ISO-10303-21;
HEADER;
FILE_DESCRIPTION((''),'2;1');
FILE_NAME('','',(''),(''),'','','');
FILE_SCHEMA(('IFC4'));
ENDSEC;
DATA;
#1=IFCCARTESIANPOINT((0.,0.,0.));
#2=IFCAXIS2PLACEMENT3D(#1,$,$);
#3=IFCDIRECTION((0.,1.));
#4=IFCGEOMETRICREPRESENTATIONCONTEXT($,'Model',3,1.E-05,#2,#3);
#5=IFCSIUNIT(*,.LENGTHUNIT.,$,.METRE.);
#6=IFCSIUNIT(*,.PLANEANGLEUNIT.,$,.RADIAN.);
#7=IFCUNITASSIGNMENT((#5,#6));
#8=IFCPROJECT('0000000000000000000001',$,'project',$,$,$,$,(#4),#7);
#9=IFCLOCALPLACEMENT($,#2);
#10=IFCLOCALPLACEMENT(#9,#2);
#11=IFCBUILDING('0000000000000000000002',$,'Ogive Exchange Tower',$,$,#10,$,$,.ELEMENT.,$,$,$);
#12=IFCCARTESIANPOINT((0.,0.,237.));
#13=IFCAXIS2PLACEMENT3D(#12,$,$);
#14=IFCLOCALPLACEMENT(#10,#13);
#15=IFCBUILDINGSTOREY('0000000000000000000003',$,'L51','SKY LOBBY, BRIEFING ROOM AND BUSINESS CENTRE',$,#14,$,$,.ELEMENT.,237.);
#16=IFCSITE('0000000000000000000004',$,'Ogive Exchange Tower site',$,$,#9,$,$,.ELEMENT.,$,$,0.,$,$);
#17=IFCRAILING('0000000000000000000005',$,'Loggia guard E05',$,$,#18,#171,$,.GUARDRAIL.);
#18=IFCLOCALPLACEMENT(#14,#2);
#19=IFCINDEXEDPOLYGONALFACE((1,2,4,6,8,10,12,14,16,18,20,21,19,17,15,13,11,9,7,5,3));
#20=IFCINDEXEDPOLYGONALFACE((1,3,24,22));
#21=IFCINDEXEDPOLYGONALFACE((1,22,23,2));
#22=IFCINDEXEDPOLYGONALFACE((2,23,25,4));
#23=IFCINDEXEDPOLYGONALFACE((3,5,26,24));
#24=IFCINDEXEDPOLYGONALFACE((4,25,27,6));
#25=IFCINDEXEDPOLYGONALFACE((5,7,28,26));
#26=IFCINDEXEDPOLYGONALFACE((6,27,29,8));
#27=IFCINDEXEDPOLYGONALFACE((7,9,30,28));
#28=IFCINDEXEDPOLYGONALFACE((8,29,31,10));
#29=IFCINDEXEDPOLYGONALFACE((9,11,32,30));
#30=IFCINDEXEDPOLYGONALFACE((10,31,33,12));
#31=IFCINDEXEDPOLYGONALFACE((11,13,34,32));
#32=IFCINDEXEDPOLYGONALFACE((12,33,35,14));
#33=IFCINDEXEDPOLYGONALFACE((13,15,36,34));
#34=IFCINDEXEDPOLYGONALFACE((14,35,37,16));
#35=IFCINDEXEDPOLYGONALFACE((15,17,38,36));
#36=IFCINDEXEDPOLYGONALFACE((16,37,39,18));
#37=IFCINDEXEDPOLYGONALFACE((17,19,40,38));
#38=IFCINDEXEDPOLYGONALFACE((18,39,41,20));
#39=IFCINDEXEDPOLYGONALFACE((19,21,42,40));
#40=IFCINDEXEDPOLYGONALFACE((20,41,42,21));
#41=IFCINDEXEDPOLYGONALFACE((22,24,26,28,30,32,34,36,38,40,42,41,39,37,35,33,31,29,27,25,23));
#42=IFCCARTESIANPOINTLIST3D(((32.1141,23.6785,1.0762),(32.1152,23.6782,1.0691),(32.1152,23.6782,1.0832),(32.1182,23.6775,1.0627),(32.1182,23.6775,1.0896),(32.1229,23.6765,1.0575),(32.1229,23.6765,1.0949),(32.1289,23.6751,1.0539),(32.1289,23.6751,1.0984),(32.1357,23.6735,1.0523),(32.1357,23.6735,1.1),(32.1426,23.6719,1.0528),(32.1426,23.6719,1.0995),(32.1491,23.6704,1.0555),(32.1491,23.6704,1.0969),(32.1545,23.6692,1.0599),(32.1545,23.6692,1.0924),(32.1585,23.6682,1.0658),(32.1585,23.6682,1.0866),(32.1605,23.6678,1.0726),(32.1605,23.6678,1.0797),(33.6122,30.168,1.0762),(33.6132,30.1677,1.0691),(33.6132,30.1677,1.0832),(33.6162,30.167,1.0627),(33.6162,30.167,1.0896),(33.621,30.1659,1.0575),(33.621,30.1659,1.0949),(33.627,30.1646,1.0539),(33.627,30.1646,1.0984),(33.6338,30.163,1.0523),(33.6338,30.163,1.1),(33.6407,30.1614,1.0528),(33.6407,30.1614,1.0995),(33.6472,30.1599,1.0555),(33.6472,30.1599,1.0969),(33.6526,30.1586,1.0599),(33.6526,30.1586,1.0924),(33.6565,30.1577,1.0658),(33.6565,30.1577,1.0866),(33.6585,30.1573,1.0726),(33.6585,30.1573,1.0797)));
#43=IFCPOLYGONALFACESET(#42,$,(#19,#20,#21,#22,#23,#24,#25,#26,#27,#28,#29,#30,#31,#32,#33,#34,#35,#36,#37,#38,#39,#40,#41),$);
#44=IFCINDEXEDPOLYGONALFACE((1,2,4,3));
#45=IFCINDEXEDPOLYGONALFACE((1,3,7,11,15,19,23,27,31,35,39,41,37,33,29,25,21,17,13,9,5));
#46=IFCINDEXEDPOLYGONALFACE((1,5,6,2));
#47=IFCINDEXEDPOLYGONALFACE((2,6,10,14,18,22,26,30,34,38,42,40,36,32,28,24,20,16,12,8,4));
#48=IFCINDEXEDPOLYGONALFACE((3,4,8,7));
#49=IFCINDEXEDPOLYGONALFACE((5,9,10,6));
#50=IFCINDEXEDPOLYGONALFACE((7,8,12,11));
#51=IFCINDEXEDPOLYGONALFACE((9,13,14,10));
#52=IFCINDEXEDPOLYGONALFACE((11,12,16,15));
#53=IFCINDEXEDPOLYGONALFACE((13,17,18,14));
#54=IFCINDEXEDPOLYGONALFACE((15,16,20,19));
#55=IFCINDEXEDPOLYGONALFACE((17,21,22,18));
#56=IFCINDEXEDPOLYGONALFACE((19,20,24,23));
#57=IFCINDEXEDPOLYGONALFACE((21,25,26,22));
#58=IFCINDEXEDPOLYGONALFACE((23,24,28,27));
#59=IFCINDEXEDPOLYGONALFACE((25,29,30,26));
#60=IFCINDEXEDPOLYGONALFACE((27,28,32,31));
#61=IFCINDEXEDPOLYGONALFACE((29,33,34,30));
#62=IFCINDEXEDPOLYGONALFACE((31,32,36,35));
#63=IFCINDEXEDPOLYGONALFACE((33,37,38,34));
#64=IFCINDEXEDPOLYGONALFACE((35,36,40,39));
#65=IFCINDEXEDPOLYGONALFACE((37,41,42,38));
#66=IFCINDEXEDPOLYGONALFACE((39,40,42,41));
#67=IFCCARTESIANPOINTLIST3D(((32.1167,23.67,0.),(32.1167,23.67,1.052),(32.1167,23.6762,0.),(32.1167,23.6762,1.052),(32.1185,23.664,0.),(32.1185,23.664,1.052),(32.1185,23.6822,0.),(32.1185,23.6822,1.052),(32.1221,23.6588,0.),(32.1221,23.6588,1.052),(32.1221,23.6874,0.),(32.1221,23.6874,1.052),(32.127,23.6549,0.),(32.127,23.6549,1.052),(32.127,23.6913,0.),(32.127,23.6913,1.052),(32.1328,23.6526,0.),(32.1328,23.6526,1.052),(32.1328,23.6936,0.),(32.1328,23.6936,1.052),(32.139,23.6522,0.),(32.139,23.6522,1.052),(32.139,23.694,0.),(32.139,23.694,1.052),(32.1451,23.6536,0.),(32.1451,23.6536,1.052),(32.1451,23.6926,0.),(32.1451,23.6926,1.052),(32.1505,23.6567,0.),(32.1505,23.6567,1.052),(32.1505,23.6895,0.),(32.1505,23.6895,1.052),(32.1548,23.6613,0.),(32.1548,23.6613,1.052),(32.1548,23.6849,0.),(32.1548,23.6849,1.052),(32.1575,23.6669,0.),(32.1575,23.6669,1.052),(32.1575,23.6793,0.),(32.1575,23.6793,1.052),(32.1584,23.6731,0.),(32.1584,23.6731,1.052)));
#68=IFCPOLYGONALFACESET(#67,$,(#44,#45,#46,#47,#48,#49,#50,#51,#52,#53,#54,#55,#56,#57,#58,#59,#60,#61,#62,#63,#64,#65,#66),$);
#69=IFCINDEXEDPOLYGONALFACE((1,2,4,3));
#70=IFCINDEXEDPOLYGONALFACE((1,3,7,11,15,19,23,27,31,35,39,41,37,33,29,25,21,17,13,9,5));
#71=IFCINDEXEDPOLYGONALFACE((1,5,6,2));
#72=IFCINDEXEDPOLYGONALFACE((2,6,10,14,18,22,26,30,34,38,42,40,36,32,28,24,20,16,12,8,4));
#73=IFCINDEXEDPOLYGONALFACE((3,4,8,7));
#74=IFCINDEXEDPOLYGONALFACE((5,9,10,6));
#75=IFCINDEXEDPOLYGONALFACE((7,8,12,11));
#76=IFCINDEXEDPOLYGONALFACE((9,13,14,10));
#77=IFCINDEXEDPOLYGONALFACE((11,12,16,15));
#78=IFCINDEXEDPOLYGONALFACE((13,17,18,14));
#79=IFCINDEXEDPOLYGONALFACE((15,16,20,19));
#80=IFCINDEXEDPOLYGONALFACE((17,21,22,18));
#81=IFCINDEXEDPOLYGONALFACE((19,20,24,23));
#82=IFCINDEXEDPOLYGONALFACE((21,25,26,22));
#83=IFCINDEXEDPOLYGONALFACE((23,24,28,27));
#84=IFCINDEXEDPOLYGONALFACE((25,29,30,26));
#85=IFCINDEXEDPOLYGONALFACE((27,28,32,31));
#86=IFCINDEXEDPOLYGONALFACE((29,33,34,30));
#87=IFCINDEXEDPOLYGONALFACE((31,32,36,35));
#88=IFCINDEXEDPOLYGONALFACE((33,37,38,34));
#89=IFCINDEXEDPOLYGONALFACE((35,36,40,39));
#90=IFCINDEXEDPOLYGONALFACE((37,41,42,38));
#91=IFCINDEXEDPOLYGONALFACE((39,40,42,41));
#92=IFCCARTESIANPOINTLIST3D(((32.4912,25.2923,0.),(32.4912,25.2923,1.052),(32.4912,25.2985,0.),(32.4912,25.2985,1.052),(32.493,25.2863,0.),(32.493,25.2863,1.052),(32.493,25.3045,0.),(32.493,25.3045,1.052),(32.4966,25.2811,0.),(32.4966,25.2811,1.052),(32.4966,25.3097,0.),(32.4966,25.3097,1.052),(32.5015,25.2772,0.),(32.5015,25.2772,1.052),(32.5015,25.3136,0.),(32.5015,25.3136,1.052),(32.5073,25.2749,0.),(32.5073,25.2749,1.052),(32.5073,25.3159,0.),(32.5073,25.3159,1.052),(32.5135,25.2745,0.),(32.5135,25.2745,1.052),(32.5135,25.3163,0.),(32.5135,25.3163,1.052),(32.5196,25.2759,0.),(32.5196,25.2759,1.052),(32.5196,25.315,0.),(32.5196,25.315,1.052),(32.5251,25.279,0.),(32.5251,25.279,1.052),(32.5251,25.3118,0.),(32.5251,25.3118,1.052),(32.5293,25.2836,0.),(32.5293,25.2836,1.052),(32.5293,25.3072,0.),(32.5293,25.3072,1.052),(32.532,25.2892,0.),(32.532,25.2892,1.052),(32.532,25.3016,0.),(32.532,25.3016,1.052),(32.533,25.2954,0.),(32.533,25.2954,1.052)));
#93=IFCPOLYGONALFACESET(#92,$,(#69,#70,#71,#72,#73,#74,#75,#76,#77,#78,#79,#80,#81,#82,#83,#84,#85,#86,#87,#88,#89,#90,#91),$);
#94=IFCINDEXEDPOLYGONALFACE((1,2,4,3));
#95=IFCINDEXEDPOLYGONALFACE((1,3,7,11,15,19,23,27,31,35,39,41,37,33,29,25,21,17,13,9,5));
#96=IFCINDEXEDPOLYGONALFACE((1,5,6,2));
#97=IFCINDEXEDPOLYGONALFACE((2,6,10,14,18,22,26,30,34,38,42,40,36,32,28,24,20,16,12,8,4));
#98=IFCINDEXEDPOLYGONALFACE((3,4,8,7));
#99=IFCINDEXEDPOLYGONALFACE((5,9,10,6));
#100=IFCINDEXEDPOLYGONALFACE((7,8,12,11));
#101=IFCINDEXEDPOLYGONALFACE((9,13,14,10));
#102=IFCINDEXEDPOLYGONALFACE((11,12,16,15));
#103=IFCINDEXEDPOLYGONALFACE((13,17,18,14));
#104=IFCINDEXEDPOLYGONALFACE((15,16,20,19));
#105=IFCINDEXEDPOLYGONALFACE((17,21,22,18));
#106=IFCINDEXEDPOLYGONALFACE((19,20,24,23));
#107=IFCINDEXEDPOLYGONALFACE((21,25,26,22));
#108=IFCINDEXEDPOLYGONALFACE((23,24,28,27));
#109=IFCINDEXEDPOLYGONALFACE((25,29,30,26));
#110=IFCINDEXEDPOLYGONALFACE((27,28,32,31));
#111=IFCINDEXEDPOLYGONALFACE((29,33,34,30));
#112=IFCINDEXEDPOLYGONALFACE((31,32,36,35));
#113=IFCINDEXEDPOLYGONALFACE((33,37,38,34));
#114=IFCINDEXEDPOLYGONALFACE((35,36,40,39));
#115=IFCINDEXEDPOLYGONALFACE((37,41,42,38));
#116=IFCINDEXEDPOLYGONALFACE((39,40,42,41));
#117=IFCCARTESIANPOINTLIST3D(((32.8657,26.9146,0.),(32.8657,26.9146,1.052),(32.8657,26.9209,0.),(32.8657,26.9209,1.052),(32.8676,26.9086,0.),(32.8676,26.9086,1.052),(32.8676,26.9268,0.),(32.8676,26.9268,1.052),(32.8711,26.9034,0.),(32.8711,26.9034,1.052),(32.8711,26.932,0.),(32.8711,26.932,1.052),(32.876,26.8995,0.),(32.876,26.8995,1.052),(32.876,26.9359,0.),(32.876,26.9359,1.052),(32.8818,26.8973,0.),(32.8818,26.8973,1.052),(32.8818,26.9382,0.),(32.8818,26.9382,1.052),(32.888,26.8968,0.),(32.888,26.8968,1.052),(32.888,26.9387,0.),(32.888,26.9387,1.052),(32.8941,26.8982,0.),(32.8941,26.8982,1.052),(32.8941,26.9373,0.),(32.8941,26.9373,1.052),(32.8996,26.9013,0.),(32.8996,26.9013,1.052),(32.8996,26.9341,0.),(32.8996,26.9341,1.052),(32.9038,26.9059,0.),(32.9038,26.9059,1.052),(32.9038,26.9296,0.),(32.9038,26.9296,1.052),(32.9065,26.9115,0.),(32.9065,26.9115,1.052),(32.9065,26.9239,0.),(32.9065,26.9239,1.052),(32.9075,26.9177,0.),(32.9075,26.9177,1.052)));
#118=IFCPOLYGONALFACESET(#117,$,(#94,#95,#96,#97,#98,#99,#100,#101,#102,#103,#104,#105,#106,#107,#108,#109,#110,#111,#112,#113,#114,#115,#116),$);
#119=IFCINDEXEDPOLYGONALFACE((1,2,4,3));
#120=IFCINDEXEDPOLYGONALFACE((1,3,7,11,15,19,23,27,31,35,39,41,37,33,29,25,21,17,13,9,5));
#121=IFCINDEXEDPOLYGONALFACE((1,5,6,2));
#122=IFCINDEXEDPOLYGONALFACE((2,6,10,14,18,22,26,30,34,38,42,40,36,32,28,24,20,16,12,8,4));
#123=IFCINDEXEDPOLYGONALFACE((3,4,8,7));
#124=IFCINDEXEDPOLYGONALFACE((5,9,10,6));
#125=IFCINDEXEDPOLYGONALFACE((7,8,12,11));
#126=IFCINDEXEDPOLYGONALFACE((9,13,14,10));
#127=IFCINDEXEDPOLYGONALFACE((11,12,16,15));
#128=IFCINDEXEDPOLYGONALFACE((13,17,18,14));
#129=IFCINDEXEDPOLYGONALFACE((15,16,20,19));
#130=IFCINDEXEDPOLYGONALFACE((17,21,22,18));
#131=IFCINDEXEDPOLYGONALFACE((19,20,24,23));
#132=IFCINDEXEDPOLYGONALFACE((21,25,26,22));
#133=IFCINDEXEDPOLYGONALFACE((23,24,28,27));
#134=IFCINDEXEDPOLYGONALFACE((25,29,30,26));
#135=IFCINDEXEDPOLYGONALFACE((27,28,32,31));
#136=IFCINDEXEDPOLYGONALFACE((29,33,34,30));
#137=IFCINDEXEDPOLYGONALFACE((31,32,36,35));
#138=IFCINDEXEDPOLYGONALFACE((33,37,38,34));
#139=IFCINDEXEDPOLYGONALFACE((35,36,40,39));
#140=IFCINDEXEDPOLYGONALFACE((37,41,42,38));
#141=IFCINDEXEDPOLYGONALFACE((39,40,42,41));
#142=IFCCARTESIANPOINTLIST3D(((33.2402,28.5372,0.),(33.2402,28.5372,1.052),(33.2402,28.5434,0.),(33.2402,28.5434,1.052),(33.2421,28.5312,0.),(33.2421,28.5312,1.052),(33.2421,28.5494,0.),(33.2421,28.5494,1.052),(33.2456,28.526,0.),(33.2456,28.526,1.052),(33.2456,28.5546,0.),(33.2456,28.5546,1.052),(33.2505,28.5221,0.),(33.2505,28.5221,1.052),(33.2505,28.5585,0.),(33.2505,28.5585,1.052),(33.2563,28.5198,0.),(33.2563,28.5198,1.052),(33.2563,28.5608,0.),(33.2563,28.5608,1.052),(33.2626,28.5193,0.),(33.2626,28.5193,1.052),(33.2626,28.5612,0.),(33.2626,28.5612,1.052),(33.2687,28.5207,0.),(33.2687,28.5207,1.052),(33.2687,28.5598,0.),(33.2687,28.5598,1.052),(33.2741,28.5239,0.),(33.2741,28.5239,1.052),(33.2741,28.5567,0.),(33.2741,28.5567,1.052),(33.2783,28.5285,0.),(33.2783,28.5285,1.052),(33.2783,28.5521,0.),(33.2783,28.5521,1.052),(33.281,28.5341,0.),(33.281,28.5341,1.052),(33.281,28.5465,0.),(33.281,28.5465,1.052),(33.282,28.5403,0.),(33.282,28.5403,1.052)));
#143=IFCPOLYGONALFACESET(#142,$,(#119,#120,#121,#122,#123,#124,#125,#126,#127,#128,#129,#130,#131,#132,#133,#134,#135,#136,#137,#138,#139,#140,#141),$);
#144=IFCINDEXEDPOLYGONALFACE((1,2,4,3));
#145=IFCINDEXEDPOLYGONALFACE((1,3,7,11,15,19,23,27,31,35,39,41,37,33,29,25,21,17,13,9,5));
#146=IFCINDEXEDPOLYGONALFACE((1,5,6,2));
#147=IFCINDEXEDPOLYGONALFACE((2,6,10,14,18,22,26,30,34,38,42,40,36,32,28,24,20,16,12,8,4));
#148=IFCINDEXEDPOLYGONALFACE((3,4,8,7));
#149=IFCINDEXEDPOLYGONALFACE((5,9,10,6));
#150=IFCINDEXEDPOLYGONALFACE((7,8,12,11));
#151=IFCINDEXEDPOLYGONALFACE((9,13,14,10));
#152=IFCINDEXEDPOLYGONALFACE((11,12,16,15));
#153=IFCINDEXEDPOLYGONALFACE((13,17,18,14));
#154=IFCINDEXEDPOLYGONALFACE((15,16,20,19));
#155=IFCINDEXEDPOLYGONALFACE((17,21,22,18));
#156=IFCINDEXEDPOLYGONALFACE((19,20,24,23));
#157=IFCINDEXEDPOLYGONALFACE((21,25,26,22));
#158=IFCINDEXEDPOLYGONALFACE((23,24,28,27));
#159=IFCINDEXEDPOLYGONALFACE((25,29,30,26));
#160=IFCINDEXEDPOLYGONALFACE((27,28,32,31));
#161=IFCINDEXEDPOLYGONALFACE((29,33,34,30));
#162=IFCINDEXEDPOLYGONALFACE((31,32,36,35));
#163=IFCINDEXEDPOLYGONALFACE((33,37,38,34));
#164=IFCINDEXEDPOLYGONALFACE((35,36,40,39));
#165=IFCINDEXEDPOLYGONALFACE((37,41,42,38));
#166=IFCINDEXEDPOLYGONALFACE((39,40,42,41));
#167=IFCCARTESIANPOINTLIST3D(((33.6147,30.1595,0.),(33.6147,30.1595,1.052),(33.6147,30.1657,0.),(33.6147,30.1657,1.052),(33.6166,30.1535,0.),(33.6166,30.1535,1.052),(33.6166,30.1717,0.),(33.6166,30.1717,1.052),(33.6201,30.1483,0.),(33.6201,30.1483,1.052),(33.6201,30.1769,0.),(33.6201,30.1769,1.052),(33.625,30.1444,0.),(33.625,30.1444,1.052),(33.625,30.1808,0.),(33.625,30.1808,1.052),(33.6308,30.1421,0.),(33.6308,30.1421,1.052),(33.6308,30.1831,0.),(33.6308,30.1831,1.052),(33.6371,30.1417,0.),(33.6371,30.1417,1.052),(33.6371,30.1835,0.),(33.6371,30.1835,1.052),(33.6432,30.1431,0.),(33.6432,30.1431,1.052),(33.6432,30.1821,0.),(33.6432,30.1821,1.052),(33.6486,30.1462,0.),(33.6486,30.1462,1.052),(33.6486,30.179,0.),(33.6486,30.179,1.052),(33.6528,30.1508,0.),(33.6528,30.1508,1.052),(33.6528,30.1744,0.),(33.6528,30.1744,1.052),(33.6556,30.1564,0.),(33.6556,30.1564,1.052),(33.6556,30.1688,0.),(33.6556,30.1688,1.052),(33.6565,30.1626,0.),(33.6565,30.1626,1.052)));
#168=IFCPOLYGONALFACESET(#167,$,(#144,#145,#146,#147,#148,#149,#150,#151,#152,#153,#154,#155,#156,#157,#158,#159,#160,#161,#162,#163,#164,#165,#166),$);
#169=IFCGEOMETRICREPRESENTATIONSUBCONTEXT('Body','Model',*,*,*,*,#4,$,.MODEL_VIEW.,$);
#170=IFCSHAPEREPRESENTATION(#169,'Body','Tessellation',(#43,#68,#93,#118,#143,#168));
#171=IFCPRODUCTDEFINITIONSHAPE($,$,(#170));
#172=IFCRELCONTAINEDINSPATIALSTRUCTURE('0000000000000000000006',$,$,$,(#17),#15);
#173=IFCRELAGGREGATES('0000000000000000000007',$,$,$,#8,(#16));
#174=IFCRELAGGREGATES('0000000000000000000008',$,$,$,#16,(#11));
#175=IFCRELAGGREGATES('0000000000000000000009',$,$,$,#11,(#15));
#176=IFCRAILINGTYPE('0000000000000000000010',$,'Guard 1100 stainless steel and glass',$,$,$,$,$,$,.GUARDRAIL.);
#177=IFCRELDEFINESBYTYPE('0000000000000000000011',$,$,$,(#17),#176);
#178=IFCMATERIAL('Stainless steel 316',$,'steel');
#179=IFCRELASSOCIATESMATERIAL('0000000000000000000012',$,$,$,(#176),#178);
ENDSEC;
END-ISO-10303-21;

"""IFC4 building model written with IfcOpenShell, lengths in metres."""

from ifc_helpers import new_model, si_unit, direction, frame, origin, origin_2d, place, context, subcontext, project, spatial, circle, extrude, material, type_object, element, save


model = new_model("IFC4")

# Units and contexts
model_context = context("Model", 3, precision=1e-05, world=origin(), true_north=direction((0.0, 1.0)))
body_context = subcontext(model_context, "Body", "Model", "MODEL_VIEW")
ifc_project = project(units=[si_unit("LENGTHUNIT", "METRE"), si_unit("PLANEANGLEUNIT", "RADIAN")], contexts=[model_context])

# Site, building, storey
site_placement = place(None, origin())
site = spatial("IfcSite", under=ifc_project, at=site_placement, Name="Ogive Exchange Tower site", CompositionType="ELEMENT", RefElevation=0.0)
building_placement = place(site_placement, origin())
building = spatial("IfcBuilding", under=site, at=building_placement, Name="Ogive Exchange Tower", CompositionType="ELEMENT")
storey_placement = place(building_placement, frame((0.0, 0.0, 237.0)))
storey = spatial("IfcBuildingStorey", under=building, at=storey_placement, Name="L51", Description="SKY LOBBY, BRIEFING ROOM AND BUSINESS CENTRE", CompositionType="ELEMENT", Elevation=237.0)

# Railing
ifc_material_1 = material(Name="Stainless steel 316", Category="steel")
railing_type_1 = type_object("IfcRailingType", Name="Guard 1100 stainless steel and glass", PredefinedType="GUARDRAIL", material=ifc_material_1)
railing_1_placement = place(storey_placement, frame((32.1375, 23.6731, 0.0)))
element("IfcRailing", 1, at=railing_1_placement, inside=storey, type_object=railing_type_1, Name="Loggia guard E05", PredefinedType="GUARDRAIL", context=body_context, shape_type="SweptSolid", body=[
    extrude(circle(Radius=0.0239, at=origin_2d()), frame((0.0, 0.0, 1.0762), z_axis=(0.224926, 0.974376, 0.0), x_axis=(-0.974376, 0.224926, 0.0)), (0.0, 0.0, 1.0), 6.6602),
    extrude(circle(Radius=0.021, at=origin_2d()), origin(), (0.0, 0.0, 1.0), 1.052),
    extrude(circle(Radius=0.021, at=origin_2d()), frame((0.3745, 1.6223, 0.0)), (0.0, 0.0, 1.0), 1.052),
    extrude(circle(Radius=0.021, at=origin_2d()), frame((0.749, 3.2446, 0.0)), (0.0, 0.0, 1.0), 1.052),
    extrude(circle(Radius=0.021, at=origin_2d()), frame((1.1235, 4.8672, 0.0)), (0.0, 0.0, 1.0), 1.052),
    extrude(circle(Radius=0.021, at=origin_2d()), frame((1.498, 6.4895, 0.0)), (0.0, 0.0, 1.0), 1.052),
])

save(model, "model.ifc")
